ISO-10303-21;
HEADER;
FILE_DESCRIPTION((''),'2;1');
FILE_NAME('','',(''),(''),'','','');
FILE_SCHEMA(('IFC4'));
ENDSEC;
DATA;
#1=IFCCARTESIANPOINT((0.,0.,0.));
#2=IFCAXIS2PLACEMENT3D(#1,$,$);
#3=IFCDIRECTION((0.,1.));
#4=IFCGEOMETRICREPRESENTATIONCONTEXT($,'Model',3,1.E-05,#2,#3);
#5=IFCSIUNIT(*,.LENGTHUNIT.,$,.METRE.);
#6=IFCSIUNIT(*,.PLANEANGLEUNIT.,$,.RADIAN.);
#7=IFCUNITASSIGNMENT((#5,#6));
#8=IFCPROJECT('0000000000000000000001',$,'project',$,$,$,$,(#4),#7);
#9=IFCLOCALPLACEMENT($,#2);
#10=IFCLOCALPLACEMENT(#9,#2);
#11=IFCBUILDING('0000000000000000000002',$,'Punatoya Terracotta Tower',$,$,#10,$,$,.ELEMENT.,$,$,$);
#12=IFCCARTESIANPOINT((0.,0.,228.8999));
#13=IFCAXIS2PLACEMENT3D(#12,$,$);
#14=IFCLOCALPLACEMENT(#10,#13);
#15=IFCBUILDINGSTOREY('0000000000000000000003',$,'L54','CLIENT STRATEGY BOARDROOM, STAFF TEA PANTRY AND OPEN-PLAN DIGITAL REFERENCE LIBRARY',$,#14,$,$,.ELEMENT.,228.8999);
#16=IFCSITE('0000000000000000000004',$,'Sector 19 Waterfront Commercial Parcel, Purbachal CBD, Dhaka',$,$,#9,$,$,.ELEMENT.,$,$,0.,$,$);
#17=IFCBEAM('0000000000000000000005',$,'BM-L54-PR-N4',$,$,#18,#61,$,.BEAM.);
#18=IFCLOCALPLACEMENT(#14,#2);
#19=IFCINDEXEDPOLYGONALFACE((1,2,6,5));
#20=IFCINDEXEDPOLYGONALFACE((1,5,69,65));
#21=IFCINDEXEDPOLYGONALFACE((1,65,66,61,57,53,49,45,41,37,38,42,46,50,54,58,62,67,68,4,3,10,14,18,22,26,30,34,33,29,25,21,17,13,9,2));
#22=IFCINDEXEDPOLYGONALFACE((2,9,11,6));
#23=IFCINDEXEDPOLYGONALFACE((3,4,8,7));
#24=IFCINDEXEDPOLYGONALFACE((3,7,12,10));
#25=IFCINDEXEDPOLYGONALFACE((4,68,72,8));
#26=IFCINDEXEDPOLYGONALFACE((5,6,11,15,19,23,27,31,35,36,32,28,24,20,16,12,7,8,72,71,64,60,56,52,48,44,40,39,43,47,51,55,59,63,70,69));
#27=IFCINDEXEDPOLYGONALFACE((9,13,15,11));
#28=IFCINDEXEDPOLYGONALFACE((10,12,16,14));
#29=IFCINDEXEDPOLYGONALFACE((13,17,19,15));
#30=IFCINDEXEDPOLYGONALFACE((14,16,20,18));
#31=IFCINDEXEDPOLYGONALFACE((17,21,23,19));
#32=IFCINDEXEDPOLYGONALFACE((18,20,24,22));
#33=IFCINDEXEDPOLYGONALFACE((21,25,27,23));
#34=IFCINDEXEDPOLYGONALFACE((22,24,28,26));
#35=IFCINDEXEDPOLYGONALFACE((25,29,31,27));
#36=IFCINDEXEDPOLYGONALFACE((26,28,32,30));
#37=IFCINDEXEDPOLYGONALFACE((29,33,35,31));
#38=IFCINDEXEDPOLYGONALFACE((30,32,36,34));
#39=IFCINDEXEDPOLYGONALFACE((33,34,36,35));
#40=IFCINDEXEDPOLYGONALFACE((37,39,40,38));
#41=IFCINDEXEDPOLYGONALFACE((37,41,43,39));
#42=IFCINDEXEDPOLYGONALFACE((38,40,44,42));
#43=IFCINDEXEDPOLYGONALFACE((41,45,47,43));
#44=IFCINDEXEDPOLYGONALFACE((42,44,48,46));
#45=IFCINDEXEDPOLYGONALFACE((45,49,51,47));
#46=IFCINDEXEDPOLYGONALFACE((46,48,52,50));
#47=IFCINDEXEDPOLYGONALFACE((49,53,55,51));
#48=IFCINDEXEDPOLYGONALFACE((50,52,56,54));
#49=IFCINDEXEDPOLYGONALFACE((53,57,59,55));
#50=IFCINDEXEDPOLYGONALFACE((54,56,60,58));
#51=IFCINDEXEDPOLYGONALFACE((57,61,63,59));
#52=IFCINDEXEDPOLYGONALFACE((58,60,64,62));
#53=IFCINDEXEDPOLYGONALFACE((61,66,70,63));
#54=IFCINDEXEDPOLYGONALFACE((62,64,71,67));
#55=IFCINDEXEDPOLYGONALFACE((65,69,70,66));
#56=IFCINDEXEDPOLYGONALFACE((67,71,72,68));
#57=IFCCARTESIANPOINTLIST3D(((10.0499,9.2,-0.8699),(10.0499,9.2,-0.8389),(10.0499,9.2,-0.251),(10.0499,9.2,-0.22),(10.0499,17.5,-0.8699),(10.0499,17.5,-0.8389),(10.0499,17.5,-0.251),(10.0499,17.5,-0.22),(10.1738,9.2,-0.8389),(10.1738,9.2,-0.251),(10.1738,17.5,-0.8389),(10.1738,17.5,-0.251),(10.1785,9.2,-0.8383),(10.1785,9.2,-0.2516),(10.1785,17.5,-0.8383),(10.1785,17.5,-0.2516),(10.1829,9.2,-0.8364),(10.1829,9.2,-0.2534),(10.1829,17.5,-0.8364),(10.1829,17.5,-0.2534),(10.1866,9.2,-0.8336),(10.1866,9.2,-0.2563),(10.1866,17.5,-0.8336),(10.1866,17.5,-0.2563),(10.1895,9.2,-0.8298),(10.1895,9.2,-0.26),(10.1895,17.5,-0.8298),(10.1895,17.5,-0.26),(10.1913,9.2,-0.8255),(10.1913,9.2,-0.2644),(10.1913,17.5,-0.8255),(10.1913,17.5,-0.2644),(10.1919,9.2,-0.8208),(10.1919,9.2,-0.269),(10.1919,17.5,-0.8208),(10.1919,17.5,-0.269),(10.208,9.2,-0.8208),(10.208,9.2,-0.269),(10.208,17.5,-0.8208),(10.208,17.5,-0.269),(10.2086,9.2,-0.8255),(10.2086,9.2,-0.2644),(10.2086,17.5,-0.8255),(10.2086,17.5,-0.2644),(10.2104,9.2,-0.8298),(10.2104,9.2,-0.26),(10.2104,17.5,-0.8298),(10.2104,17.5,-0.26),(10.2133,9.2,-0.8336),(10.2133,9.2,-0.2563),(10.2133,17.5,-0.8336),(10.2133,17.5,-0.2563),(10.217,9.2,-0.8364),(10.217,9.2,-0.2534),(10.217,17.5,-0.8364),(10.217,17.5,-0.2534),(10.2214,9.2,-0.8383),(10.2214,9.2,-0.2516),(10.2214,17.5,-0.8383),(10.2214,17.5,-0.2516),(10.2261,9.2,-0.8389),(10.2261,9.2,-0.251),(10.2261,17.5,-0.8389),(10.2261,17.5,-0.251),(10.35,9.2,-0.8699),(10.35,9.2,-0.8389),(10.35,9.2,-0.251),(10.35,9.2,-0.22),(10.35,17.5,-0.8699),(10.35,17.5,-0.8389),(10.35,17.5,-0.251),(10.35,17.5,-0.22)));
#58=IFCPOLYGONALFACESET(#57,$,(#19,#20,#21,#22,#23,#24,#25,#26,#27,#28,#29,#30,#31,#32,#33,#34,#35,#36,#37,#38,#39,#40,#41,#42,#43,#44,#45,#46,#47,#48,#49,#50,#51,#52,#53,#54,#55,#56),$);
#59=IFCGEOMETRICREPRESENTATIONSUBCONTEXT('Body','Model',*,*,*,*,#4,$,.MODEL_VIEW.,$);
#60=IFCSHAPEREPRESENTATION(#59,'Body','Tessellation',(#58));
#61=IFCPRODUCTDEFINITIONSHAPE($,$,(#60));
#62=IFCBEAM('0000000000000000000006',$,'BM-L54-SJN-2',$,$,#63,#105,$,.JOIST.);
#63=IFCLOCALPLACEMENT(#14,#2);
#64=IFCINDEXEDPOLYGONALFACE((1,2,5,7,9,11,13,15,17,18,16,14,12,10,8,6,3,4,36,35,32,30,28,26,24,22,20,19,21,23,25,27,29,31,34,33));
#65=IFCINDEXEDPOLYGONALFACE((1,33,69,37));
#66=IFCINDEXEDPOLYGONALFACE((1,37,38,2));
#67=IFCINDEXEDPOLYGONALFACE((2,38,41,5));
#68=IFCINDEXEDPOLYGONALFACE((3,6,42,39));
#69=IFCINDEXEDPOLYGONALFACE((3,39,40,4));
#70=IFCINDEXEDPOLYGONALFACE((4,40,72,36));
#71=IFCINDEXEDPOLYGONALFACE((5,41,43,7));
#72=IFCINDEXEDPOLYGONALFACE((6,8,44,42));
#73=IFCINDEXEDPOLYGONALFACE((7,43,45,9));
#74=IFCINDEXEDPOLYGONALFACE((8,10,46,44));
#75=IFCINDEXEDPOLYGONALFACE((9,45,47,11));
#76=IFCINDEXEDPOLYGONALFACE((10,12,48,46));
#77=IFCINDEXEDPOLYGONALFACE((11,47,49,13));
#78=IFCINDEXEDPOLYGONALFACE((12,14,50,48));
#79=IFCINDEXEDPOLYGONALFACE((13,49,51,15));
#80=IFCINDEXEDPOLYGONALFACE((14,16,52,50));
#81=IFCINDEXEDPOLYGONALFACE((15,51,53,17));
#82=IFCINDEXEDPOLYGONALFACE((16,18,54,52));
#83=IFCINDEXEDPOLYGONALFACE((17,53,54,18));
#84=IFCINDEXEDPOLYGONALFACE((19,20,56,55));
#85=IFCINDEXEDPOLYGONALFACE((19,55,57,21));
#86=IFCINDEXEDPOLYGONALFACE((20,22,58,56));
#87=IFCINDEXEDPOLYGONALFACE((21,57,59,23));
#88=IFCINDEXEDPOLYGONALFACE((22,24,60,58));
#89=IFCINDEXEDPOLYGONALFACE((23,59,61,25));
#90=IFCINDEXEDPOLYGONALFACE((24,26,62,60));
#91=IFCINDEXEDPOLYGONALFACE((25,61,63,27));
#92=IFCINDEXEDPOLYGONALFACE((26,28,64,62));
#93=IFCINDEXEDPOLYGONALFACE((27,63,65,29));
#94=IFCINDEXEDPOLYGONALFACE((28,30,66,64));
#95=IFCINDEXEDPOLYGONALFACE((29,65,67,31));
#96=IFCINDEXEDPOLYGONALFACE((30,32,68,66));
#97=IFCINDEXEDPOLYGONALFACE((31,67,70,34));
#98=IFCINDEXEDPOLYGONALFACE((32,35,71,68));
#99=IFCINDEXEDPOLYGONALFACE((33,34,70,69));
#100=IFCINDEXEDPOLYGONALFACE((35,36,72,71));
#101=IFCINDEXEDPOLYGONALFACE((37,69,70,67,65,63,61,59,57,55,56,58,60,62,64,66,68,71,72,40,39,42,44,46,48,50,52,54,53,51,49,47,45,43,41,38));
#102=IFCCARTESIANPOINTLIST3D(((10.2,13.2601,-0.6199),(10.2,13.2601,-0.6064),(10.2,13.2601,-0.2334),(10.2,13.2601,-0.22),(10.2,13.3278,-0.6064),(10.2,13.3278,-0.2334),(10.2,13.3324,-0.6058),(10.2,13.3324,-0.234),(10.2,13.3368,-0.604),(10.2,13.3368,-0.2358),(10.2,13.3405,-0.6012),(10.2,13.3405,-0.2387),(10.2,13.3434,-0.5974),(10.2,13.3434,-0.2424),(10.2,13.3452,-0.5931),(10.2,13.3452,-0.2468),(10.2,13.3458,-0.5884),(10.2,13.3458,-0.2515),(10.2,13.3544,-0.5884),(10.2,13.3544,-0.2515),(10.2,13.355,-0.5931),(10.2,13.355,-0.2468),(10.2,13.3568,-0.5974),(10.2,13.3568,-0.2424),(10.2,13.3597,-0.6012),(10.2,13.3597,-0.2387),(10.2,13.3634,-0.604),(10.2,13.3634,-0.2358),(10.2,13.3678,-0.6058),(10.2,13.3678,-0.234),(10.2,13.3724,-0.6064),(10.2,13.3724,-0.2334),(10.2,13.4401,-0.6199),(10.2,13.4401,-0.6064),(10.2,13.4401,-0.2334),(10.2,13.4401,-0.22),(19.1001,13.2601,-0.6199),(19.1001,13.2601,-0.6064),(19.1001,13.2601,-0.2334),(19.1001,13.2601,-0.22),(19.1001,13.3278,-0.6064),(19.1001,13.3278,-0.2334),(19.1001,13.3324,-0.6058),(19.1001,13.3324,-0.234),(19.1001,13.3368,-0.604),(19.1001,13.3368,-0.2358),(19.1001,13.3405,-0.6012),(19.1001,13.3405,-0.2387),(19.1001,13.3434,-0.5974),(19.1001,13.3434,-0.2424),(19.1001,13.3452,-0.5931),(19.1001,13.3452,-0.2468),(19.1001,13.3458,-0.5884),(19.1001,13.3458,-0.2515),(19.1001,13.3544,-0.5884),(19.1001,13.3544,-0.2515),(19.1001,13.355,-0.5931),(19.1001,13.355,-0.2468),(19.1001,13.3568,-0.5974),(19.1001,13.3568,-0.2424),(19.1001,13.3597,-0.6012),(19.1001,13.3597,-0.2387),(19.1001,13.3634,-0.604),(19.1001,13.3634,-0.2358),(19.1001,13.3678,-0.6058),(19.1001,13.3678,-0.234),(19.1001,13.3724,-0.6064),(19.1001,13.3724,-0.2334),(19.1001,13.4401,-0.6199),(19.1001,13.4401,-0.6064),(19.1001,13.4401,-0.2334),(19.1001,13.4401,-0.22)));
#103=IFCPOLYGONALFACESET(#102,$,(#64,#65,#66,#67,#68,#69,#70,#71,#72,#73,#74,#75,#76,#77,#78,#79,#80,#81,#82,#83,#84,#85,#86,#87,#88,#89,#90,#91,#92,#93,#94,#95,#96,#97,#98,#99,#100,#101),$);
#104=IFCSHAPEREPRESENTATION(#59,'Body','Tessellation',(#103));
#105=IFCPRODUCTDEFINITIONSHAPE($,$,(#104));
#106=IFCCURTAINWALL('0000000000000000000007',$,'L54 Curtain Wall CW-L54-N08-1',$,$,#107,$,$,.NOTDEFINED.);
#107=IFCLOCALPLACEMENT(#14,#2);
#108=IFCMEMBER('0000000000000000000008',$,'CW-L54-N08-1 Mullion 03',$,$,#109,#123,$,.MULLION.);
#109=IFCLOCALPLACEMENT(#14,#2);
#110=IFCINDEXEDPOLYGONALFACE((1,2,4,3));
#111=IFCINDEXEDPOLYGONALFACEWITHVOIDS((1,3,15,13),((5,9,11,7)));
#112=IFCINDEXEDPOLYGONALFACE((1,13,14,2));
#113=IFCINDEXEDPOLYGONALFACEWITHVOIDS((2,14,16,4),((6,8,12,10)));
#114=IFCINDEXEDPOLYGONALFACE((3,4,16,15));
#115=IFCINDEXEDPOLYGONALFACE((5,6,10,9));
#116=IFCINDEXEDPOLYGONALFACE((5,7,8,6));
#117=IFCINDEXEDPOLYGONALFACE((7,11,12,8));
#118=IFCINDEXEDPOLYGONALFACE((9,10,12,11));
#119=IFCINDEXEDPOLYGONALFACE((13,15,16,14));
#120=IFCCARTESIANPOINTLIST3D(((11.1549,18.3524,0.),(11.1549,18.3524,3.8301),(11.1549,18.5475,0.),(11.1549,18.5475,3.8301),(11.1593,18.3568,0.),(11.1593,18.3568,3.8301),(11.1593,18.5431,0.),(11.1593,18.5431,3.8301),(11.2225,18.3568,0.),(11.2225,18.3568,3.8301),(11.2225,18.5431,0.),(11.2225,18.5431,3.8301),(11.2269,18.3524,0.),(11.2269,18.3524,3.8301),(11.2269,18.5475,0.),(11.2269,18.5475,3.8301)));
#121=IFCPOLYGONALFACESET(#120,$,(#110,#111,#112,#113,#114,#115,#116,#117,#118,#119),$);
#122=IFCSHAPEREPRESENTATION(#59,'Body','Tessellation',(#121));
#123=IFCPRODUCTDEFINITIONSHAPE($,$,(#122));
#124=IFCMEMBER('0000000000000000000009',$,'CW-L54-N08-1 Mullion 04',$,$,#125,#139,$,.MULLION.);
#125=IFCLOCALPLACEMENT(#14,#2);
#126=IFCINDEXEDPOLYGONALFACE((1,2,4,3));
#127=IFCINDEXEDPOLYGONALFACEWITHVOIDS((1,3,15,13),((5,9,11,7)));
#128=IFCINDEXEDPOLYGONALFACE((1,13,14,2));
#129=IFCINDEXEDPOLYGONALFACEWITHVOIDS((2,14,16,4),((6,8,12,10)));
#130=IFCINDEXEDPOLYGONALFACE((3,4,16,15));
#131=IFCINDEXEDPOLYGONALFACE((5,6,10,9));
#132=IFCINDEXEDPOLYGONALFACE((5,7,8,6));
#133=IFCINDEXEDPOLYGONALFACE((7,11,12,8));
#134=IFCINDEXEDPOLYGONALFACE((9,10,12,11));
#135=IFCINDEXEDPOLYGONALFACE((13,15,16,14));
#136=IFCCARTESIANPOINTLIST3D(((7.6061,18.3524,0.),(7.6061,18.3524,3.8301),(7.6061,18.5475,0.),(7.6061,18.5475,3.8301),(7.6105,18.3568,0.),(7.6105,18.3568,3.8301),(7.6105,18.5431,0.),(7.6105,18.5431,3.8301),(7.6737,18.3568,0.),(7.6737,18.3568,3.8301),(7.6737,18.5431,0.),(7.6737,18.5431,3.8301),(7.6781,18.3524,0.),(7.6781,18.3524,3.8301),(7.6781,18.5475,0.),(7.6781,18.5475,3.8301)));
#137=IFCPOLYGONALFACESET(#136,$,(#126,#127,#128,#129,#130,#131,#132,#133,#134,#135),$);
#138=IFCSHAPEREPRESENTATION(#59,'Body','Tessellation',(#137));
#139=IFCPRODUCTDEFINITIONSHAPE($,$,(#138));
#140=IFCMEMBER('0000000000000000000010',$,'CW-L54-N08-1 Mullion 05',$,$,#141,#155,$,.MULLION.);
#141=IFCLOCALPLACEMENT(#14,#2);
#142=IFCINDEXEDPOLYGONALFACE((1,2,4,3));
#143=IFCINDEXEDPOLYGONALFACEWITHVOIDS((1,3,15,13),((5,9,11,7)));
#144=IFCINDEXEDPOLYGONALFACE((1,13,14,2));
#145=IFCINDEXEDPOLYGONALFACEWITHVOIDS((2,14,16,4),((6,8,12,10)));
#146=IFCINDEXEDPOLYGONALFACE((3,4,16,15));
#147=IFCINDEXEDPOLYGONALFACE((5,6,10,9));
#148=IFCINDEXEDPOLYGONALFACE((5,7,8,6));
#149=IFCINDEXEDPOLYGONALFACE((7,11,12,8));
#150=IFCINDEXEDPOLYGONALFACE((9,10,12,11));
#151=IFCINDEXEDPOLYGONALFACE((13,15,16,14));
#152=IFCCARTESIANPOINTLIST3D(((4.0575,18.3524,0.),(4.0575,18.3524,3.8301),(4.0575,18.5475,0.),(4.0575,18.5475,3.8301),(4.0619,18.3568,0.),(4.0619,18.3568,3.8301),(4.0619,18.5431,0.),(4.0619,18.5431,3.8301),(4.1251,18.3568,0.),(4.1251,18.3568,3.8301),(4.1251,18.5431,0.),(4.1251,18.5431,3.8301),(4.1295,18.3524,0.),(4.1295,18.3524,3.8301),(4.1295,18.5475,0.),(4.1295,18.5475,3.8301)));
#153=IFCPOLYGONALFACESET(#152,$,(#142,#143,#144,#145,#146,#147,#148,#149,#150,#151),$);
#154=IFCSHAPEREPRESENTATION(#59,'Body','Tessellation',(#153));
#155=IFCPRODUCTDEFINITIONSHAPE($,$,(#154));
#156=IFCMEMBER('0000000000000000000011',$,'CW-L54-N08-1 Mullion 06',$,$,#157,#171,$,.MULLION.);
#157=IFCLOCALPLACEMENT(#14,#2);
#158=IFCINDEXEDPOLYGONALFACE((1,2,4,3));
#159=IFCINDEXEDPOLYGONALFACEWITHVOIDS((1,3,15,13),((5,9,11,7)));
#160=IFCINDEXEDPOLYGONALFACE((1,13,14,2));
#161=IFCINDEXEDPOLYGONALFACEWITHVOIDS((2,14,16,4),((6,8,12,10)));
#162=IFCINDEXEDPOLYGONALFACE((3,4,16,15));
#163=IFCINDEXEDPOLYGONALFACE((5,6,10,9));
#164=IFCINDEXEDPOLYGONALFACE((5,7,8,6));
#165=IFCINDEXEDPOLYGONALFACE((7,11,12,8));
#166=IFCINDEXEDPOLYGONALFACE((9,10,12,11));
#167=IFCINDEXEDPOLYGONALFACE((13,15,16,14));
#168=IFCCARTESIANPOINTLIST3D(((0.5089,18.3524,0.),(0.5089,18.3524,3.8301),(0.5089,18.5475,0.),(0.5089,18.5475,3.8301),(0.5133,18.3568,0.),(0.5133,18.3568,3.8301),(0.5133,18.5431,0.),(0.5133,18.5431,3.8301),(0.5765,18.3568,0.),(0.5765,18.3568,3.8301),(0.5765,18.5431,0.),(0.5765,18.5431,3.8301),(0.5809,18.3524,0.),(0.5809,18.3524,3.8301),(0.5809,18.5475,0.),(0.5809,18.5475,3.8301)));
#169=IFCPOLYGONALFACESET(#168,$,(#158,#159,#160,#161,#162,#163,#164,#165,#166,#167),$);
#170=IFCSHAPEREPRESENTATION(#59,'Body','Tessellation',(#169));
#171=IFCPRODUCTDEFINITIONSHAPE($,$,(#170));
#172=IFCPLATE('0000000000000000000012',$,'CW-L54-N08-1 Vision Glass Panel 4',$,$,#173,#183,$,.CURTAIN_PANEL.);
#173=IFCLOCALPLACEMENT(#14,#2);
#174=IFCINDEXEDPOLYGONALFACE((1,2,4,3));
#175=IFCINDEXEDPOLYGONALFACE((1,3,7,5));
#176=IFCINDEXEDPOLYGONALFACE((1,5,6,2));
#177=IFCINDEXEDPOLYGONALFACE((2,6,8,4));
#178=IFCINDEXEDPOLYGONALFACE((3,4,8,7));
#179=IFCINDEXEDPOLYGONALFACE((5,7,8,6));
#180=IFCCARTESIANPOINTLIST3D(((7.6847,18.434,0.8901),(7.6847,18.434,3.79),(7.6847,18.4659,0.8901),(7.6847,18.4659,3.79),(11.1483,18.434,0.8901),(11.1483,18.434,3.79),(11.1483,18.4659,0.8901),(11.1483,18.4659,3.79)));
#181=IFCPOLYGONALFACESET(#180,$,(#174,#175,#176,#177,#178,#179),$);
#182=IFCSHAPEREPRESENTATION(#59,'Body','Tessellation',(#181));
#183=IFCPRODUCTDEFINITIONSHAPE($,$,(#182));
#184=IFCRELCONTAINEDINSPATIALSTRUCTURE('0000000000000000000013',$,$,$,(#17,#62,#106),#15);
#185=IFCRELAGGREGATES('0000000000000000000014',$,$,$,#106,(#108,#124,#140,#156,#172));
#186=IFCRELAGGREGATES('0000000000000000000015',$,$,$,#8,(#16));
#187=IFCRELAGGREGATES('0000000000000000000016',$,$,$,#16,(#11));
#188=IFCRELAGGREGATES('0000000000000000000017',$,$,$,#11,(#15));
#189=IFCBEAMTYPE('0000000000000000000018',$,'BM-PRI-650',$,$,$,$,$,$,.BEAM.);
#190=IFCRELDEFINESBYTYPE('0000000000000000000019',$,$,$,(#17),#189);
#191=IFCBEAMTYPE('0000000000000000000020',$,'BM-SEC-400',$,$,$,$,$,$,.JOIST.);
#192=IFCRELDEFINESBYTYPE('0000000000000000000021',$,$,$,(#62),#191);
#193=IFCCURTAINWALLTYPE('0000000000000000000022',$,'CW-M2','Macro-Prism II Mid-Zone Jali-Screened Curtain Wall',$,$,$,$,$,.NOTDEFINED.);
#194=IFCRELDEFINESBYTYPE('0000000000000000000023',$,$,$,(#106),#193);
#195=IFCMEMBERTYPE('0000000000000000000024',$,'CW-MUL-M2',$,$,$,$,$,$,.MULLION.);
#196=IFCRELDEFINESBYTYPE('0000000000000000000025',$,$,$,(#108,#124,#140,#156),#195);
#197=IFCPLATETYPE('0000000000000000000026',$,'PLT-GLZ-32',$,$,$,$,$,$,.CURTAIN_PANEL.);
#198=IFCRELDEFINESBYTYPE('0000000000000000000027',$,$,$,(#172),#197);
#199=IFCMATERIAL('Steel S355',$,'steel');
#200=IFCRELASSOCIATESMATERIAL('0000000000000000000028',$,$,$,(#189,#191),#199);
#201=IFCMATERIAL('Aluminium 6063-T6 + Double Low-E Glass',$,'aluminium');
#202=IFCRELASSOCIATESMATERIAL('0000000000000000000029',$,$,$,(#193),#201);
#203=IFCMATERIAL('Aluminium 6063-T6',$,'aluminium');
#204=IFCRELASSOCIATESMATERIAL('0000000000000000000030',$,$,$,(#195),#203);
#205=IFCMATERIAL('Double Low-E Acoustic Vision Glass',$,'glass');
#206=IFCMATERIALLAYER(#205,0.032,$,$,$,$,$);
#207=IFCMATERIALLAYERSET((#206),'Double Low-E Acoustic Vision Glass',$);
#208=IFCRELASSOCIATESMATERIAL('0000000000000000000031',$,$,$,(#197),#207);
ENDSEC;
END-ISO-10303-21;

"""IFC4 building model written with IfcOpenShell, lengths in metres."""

from ifc_helpers import new_model, si_unit, direction, frame, origin, origin_2d, place, context, subcontext, project, spatial, rectangle, hollow_rectangle, i_section, extrude, material, layer, layer_set, material_profile, profile_set, type_object, element, aggregate, save


model = new_model("IFC4")

# Units and contexts
model_context = context("Model", 3, precision=1e-05, world=origin(), true_north=direction((0.0, 1.0)))
body_context = subcontext(model_context, "Body", "Model", "MODEL_VIEW")
ifc_project = project(units=[si_unit("LENGTHUNIT", "METRE"), si_unit("PLANEANGLEUNIT", "RADIAN")], contexts=[model_context])

# Site, building, storey
site_placement = place(None, origin())
site = spatial("IfcSite", under=ifc_project, at=site_placement, Name="Sector 19 Waterfront Commercial Parcel, Purbachal CBD, Dhaka", CompositionType="ELEMENT", RefElevation=0.0)
building_placement = place(site_placement, origin())
building = spatial("IfcBuilding", under=site, at=building_placement, Name="Punatoya Terracotta Tower", CompositionType="ELEMENT")
storey_placement = place(building_placement, frame((0.0, 0.0, 228.8999)))
storey = spatial("IfcBuildingStorey", under=building, at=storey_placement, Name="L54", Description="CLIENT STRATEGY BOARDROOM, STAFF TEA PANTRY AND OPEN-PLAN DIGITAL REFERENCE LIBRARY", CompositionType="ELEMENT", Elevation=228.8999)

# Beams
ifc_material_1 = material(Name="Steel S355", Category="steel")
ifc_material_profile_1 = material_profile(ifc_material_1, i_section(OverallWidth=0.3, OverallDepth=0.6499, WebThickness=0.0161, FlangeThickness=0.031, FilletRadius=0.0181, at=origin_2d()))
ifc_profile_set_1 = profile_set([ifc_material_profile_1], Name="Steel S355")
beam_type_1 = type_object("IfcBeamType", Name="BM-PRI-650", PredefinedType="BEAM", material=ifc_profile_set_1)
for number, where, z_axis, x_axis, name in (
    (1, (10.2, 9.2, -0.5449), (0.0, 1.0, 0.0), (-1.0, 0.0, 0.0), "BM-L54-PR-N4"),
):
    element("IfcBeam", number, at=place(storey_placement, frame(where, z_axis=z_axis, x_axis=x_axis)), inside=storey, type_object=beam_type_1, Name=name, PredefinedType="BEAM", context=body_context, shape_type="SweptSolid", body=[
        extrude(i_section(OverallWidth=0.3, OverallDepth=0.6499, WebThickness=0.0161, FlangeThickness=0.031, FilletRadius=0.0181, at=origin_2d()), origin(), (0.0, 0.0, 1.0), 8.3),
    ])
ifc_material_profile_2 = material_profile(ifc_material_1, i_section(OverallWidth=0.1799, OverallDepth=0.3999, WebThickness=0.0085, FlangeThickness=0.0134, FilletRadius=0.0181, at=origin_2d()))
ifc_profile_set_2 = profile_set([ifc_material_profile_2], Name="Steel S355")
beam_type_2 = type_object("IfcBeamType", Name="BM-SEC-400", PredefinedType="JOIST", material=ifc_profile_set_2)
beam_1_placement = place(storey_placement, frame((10.2, 13.3501, -0.4199), z_axis=(1.0, 0.0, 0.0), x_axis=(0.0, 1.0, 0.0)))
element("IfcBeam", 2, at=beam_1_placement, inside=storey, type_object=beam_type_2, Name="BM-L54-SJN-2", PredefinedType="JOIST", context=body_context, shape_type="SweptSolid", body=[
    extrude(i_section(OverallWidth=0.1799, OverallDepth=0.3999, WebThickness=0.0085, FlangeThickness=0.0134, FilletRadius=0.0181, at=origin_2d()), origin(), (0.0, 0.0, 1.0), 8.9001),
])

# Curtain wall, members, plate
ifc_material_2 = material(Name="Aluminium 6063-T6 + Double Low-E Glass", Category="aluminium")
curtain_wall_type = type_object("IfcCurtainWallType", Name="CW-M2", Description="Macro-Prism II Mid-Zone Jali-Screened Curtain Wall", PredefinedType="NOTDEFINED", material=ifc_material_2)
curtain_wall_placement = place(storey_placement, origin())
curtain_wall = element("IfcCurtainWall", 3, at=curtain_wall_placement, inside=storey, type_object=curtain_wall_type, Name="L54 Curtain Wall CW-L54-N08-1", PredefinedType="NOTDEFINED")
ifc_material_3 = material(Name="Aluminium 6063-T6", Category="aluminium")
ifc_material_profile_3 = material_profile(ifc_material_3, hollow_rectangle(XDim=0.072, YDim=0.1951, WallThickness=0.0044, at=origin_2d()))
ifc_profile_set_3 = profile_set([ifc_material_profile_3], Name="Aluminium 6063-T6")
member_type = type_object("IfcMemberType", Name="CW-MUL-M2", PredefinedType="MULLION", material=ifc_profile_set_3)
member_1_placement = place(storey_placement, frame((11.1909, 18.45, 0.0), z_axis=(0.0, 0.0, 1.0), x_axis=(1.0, 0.0, 0.0)))
member_1 = element("IfcMember", 4, at=member_1_placement, type_object=member_type, Name="CW-L54-N08-1 Mullion 03", PredefinedType="MULLION", context=body_context, shape_type="SweptSolid", body=[
    extrude(hollow_rectangle(XDim=0.072, YDim=0.1951, WallThickness=0.0044, at=origin_2d()), origin(), (0.0, 0.0, 1.0), 3.8301),
])
member_2_placement = place(storey_placement, frame((7.6421, 18.45, 0.0), z_axis=(0.0, 0.0, 1.0), x_axis=(1.0, 0.0, 0.0)))
member_2 = element("IfcMember", 5, at=member_2_placement, type_object=member_type, Name="CW-L54-N08-1 Mullion 04", PredefinedType="MULLION", context=body_context, shape_type="SweptSolid", body=[
    extrude(hollow_rectangle(XDim=0.072, YDim=0.1951, WallThickness=0.0044, at=origin_2d()), origin(), (0.0, 0.0, 1.0), 3.8301),
])
member_3_placement = place(storey_placement, frame((4.0935, 18.45, 0.0), z_axis=(0.0, 0.0, 1.0), x_axis=(1.0, 0.0, 0.0)))
member_3 = element("IfcMember", 6, at=member_3_placement, type_object=member_type, Name="CW-L54-N08-1 Mullion 05", PredefinedType="MULLION", context=body_context, shape_type="SweptSolid", body=[
    extrude(hollow_rectangle(XDim=0.072, YDim=0.1951, WallThickness=0.0044, at=origin_2d()), origin(), (0.0, 0.0, 1.0), 3.8301),
])
member_4_placement = place(storey_placement, frame((0.5449, 18.45, 0.0), z_axis=(0.0, 0.0, 1.0), x_axis=(1.0, 0.0, 0.0)))
member_4 = element("IfcMember", 7, at=member_4_placement, type_object=member_type, Name="CW-L54-N08-1 Mullion 06", PredefinedType="MULLION", context=body_context, shape_type="SweptSolid", body=[
    extrude(hollow_rectangle(XDim=0.072, YDim=0.1951, WallThickness=0.0044, at=origin_2d()), origin(), (0.0, 0.0, 1.0), 3.8301),
])
ifc_material_4 = material(Name="Double Low-E Acoustic Vision Glass", Category="glass")
ifc_layer_1 = layer(ifc_material_4, 0.032)
ifc_layer_set_1 = layer_set([ifc_layer_1], Name="Double Low-E Acoustic Vision Glass")
plate_type_1 = type_object("IfcPlateType", Name="PLT-GLZ-32", PredefinedType="CURTAIN_PANEL", material=ifc_layer_set_1)
plate_1_placement = place(storey_placement, frame((9.4165, 18.45, 0.8901), z_axis=(0.0, 0.0, 1.0), x_axis=(-1.0, 0.0, 0.0)))
plate_1 = element("IfcPlate", 8, at=plate_1_placement, type_object=plate_type_1, Name="CW-L54-N08-1 Vision Glass Panel 4", PredefinedType="CURTAIN_PANEL", context=body_context, shape_type="SweptSolid", body=[
    extrude(rectangle(XDim=3.4636, YDim=0.032, at=origin_2d()), origin(), (0.0, 0.0, 1.0), 2.8999),
])
aggregate(curtain_wall, [member_1, member_2, member_3, member_4, plate_1])

save(model, "model.ifc")
